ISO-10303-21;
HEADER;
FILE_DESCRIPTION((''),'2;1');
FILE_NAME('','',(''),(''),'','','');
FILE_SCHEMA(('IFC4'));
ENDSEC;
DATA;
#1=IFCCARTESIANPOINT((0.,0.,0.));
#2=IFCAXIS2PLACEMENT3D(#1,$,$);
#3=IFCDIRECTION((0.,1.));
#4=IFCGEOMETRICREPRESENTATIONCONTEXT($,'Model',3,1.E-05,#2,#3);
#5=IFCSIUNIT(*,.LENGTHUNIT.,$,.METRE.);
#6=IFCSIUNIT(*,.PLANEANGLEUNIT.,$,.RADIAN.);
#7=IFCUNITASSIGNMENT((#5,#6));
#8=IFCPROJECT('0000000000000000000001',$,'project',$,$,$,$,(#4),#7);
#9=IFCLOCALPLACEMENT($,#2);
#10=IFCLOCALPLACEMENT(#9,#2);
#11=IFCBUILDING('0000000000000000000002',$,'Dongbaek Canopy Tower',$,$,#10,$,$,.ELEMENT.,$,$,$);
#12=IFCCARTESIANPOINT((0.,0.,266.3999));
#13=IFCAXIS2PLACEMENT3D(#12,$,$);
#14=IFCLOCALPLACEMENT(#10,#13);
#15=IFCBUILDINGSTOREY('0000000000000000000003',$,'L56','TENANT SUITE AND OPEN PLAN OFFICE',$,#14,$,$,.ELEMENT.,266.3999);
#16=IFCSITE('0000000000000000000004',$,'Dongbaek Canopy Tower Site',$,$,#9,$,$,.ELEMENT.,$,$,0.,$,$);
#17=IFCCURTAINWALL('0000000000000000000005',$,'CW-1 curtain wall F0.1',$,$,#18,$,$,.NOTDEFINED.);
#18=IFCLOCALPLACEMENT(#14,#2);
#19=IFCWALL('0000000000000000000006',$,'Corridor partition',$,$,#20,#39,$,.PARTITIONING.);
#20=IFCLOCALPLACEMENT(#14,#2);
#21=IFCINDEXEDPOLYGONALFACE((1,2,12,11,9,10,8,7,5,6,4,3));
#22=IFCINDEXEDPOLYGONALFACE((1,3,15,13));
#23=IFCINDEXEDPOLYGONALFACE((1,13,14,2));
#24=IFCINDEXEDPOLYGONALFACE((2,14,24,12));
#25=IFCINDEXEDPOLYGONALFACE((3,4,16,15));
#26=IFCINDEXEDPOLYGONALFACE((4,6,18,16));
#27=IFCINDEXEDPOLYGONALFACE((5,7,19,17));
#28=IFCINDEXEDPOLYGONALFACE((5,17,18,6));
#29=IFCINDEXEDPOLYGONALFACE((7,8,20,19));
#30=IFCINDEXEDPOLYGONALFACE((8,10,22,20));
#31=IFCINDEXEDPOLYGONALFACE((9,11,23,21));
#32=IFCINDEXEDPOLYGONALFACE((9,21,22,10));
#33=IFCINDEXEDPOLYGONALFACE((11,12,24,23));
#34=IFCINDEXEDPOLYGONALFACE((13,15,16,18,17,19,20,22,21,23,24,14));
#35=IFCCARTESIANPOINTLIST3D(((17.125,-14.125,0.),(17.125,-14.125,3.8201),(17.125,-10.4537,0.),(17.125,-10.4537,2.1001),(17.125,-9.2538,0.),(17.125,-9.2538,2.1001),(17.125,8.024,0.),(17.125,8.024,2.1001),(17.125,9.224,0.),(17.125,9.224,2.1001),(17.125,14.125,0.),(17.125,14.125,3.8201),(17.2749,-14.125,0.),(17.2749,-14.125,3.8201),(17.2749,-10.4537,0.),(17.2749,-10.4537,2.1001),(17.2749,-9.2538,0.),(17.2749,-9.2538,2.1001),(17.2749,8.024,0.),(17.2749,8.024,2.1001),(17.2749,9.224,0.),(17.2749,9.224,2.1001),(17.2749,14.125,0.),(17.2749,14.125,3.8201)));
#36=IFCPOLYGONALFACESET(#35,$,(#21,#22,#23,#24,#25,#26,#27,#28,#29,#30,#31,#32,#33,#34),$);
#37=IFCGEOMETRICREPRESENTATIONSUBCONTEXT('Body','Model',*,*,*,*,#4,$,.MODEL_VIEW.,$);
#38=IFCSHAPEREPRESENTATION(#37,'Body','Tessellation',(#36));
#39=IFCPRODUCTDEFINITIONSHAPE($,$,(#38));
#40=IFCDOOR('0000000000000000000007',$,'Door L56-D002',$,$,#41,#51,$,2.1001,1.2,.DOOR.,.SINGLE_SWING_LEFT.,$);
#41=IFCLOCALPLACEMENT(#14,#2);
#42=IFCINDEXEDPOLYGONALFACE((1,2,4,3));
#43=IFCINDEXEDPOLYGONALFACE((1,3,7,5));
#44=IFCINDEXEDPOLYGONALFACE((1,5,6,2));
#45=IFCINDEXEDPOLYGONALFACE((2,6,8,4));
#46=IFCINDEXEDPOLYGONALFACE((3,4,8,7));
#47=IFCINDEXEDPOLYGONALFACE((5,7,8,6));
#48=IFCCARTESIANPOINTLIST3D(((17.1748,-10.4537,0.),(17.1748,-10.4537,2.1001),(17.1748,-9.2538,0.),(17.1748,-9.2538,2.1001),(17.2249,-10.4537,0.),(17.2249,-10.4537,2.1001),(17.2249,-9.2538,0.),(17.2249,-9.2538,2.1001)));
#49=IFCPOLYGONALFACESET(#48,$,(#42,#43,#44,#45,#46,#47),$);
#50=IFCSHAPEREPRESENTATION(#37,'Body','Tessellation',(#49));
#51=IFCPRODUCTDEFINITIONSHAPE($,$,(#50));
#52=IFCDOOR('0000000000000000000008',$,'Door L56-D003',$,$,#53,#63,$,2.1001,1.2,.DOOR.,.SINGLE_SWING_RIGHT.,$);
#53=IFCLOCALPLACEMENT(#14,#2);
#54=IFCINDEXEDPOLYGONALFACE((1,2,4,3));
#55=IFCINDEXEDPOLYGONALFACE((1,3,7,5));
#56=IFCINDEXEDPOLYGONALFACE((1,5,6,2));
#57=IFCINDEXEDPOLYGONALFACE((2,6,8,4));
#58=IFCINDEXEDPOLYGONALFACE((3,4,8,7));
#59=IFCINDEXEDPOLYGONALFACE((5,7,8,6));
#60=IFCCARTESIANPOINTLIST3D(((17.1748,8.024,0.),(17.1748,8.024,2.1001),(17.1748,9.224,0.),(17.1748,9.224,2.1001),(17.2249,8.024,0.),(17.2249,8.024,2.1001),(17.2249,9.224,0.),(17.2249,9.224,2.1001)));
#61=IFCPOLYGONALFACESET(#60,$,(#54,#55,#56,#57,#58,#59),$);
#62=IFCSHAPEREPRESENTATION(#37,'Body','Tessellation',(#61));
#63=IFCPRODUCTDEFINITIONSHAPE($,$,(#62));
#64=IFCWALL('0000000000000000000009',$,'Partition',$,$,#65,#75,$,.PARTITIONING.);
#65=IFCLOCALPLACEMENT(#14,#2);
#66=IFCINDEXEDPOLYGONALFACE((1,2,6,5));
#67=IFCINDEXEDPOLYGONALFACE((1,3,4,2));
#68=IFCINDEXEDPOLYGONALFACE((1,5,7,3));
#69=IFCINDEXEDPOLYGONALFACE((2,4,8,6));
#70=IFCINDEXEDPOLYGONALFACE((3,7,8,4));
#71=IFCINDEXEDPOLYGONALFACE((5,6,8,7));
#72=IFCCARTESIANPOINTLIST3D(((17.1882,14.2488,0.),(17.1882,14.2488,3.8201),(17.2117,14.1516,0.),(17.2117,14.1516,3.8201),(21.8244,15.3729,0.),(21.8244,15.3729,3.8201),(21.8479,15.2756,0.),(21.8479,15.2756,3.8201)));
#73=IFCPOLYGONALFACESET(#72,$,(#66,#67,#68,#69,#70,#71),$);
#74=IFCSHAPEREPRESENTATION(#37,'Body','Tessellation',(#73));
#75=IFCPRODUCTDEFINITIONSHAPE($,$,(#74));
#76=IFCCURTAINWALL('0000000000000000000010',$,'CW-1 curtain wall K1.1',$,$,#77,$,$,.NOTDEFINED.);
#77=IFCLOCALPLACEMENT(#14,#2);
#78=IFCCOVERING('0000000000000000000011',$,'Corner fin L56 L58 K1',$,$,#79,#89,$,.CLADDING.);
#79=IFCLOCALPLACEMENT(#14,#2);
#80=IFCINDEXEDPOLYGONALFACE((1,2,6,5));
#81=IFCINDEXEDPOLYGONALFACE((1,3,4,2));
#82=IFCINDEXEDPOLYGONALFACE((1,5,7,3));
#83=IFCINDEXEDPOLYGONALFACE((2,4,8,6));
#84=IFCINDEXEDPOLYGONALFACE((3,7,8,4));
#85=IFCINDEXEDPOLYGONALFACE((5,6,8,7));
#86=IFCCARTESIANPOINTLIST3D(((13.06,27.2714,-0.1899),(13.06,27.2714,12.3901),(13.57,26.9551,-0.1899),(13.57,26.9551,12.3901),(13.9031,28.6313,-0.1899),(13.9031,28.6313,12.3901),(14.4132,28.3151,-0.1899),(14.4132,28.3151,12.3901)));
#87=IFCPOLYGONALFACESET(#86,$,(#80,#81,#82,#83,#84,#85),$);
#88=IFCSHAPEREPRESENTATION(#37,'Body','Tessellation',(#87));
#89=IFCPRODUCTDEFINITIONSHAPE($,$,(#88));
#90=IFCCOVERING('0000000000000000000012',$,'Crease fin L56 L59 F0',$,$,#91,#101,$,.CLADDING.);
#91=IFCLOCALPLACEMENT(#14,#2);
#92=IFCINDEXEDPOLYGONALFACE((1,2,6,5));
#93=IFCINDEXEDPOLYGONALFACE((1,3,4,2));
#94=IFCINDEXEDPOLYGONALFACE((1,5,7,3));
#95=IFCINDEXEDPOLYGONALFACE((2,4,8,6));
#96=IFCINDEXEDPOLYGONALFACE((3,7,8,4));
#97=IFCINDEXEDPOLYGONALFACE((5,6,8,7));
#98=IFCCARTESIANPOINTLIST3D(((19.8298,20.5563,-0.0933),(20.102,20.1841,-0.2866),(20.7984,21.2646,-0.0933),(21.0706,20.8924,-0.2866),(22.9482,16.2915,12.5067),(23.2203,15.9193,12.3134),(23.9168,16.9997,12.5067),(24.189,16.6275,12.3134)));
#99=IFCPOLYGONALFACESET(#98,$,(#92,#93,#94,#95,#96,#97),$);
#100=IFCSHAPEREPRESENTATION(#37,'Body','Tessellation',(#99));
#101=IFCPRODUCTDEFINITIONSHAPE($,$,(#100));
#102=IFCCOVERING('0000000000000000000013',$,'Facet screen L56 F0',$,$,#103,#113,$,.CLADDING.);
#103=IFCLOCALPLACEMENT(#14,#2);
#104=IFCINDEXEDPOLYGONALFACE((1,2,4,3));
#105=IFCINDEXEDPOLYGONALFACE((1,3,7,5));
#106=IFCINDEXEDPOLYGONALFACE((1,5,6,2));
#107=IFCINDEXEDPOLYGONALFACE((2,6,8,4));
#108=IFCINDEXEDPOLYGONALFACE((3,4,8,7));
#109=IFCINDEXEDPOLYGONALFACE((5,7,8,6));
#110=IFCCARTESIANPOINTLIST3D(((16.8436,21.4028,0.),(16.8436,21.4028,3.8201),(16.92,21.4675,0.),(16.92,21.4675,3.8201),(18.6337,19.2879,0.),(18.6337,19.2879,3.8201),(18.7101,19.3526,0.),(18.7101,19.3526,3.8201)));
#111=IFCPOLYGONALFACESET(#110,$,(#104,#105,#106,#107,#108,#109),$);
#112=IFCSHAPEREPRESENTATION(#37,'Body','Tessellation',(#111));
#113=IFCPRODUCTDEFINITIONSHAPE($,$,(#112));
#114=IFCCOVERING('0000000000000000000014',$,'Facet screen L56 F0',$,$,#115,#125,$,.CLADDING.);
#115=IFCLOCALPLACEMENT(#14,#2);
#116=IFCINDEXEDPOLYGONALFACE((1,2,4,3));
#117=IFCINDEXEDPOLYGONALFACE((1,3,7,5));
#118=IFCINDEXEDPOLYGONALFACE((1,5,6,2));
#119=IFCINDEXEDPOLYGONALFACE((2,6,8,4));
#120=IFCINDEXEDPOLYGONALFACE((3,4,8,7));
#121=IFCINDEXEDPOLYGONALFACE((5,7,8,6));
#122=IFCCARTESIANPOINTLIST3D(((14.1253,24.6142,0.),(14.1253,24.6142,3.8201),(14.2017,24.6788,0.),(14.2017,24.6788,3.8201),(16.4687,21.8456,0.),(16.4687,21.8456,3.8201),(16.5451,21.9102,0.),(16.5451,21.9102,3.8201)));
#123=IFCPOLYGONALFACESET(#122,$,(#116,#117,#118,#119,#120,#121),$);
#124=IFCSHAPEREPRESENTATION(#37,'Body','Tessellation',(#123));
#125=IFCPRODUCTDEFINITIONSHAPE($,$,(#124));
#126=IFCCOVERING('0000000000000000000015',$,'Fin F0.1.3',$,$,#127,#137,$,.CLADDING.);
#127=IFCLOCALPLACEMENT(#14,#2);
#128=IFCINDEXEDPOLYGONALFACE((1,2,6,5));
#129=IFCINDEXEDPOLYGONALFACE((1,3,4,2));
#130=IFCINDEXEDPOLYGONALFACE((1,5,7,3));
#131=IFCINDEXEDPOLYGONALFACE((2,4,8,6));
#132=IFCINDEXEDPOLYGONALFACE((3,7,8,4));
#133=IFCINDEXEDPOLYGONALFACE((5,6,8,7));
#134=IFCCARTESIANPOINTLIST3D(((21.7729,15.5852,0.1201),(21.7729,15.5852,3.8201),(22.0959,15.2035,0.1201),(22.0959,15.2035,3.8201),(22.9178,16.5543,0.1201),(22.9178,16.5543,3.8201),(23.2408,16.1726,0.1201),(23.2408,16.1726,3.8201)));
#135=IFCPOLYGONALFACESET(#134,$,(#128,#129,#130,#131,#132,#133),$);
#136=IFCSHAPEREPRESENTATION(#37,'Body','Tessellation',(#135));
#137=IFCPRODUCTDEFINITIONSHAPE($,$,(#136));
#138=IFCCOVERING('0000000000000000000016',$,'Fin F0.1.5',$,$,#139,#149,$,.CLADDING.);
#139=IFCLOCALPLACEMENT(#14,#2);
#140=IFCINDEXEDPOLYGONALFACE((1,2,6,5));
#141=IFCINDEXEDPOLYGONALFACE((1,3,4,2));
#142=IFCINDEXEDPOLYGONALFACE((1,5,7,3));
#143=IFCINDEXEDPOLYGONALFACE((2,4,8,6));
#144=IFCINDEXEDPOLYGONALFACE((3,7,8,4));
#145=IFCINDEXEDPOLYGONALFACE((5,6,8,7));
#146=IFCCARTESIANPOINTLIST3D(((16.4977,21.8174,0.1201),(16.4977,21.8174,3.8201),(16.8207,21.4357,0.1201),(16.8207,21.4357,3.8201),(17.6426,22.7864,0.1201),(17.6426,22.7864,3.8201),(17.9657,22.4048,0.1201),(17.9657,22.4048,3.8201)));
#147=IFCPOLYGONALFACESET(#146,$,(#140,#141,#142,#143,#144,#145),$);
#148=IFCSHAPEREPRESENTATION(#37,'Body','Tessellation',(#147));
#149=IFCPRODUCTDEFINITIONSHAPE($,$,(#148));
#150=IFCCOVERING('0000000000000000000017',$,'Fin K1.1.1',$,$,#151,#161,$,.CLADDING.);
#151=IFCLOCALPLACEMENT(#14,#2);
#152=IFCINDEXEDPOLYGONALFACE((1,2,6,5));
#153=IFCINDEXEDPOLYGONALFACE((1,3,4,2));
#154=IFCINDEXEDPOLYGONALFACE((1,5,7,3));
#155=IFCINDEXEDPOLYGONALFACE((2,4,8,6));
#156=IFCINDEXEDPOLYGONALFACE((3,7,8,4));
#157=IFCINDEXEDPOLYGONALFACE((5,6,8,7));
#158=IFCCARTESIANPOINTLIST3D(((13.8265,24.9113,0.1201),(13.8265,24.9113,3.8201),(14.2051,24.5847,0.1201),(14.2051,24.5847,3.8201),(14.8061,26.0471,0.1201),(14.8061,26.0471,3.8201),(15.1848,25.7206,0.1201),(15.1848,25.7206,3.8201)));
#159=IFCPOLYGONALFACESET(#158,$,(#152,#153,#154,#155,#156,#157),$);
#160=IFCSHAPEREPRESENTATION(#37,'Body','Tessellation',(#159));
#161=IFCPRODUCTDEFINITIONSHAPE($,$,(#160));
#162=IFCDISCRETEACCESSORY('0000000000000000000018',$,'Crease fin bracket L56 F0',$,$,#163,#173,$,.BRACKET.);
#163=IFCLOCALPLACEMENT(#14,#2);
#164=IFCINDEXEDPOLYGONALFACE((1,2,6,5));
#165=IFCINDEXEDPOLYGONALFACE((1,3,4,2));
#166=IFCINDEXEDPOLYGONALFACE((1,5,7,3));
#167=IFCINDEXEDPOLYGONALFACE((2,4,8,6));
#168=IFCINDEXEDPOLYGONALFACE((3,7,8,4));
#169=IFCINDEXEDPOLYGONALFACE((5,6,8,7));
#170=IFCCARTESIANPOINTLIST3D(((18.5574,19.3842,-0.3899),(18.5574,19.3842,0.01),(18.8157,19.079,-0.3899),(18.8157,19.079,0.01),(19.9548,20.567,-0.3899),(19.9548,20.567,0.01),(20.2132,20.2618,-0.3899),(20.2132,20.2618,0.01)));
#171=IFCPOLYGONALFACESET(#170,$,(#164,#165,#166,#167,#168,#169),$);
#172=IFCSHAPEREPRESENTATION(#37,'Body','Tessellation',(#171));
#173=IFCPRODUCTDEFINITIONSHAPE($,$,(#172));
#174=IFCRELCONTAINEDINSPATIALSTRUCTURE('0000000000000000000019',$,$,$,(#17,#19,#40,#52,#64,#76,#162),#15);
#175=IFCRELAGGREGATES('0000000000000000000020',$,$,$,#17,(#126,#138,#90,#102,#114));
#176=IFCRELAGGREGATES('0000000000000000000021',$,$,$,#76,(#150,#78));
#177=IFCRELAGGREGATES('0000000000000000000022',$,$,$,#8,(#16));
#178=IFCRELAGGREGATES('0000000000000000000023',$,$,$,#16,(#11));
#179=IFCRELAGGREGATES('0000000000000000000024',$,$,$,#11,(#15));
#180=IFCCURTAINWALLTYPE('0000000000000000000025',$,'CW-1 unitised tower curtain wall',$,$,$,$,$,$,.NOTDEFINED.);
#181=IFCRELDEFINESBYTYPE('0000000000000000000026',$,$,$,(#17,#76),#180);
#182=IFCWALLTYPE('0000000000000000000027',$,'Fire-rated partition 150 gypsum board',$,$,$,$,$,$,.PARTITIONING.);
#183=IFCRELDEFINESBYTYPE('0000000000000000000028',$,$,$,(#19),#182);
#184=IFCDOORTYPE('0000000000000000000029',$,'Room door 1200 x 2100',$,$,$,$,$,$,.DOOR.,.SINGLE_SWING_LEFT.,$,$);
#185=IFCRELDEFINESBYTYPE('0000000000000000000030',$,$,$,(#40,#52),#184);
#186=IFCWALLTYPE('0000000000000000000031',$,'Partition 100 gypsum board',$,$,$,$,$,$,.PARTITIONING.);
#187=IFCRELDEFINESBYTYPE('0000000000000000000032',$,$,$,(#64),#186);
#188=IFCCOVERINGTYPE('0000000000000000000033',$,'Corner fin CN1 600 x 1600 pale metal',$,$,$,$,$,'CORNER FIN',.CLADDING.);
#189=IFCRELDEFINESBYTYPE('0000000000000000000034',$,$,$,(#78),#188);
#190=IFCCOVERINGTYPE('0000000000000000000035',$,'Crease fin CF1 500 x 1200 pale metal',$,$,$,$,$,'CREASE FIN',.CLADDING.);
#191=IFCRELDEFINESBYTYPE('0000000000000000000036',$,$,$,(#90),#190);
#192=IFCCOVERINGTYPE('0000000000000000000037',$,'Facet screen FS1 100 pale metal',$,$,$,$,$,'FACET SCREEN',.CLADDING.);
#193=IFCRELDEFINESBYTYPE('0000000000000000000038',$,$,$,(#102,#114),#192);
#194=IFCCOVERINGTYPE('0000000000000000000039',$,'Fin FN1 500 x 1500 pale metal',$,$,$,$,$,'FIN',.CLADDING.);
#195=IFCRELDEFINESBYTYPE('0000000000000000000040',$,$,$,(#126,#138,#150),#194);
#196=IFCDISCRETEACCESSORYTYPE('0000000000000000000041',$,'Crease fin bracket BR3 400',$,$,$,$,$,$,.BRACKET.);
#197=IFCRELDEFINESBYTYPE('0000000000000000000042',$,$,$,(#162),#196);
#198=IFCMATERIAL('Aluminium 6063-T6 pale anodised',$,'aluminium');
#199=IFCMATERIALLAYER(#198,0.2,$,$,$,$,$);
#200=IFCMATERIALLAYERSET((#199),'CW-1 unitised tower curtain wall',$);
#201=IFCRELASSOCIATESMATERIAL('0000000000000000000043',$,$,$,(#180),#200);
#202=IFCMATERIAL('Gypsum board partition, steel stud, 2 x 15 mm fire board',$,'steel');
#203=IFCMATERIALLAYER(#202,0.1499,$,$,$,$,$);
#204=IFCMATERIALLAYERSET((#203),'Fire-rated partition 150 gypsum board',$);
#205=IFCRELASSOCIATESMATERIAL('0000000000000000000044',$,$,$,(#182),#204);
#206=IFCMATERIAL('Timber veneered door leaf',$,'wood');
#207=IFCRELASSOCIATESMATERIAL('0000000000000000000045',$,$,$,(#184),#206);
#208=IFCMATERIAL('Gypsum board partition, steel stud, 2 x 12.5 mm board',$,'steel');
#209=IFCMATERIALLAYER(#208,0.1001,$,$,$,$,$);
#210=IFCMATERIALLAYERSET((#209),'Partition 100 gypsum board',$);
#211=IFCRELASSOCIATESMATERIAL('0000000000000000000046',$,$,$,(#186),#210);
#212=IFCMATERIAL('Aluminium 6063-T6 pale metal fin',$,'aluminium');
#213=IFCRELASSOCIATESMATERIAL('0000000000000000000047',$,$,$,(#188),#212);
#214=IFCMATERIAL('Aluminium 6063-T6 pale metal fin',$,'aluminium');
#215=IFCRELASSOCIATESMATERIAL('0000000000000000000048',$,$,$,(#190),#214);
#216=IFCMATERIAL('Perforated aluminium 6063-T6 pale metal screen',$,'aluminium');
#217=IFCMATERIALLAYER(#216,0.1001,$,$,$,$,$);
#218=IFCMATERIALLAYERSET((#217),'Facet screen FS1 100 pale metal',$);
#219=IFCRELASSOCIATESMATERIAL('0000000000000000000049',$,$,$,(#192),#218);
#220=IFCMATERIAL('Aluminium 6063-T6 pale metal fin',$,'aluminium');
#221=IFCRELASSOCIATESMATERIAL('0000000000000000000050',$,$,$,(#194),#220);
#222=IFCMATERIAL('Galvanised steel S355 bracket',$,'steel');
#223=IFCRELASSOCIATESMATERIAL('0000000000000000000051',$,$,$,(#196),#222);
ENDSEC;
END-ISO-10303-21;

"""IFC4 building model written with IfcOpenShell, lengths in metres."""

from ifc_helpers import new_model, si_unit, direction, frame, frame_2d, origin, origin_2d, place, context, subcontext, project, spatial, rectangle, extrude, material, layer, layer_set, material_profile, profile_set, type_object, element, fill, aggregate, save


model = new_model("IFC4")

# Units and contexts
model_context = context("Model", 3, precision=1e-05, world=origin(), true_north=direction((0.0, 1.0)))
body_context = subcontext(model_context, "Body", "Model", "MODEL_VIEW")
ifc_project = project(units=[si_unit("LENGTHUNIT", "METRE"), si_unit("PLANEANGLEUNIT", "RADIAN")], contexts=[model_context])

# Site, building, storey
site_placement = place(None, origin())
site = spatial("IfcSite", under=ifc_project, at=site_placement, Name="Dongbaek Canopy Tower Site", CompositionType="ELEMENT", RefElevation=0.0)
building_placement = place(site_placement, origin())
building = spatial("IfcBuilding", under=site, at=building_placement, Name="Dongbaek Canopy Tower", CompositionType="ELEMENT")
storey_placement = place(building_placement, frame((0.0, 0.0, 266.3999)))
storey = spatial("IfcBuildingStorey", under=building, at=storey_placement, Name="L56", Description="TENANT SUITE AND OPEN PLAN OFFICE", CompositionType="ELEMENT", Elevation=266.3999)

# Curtain wall
ifc_material_1 = material(Name="Aluminium 6063-T6 pale anodised", Category="aluminium")
ifc_layer_1 = layer(ifc_material_1, 0.2)
ifc_layer_set_1 = layer_set([ifc_layer_1], Name="CW-1 unitised tower curtain wall")
curtain_wall_type = type_object("IfcCurtainWallType", Name="CW-1 unitised tower curtain wall", PredefinedType="NOTDEFINED", material=ifc_layer_set_1)
curtain_wall_1_placement = place(storey_placement, origin())
curtain_wall_1 = element("IfcCurtainWall", 1, at=curtain_wall_1_placement, inside=storey, type_object=curtain_wall_type, Name="CW-1 curtain wall F0.1", PredefinedType="NOTDEFINED")

# Wall, openings, doors
ifc_material_2 = material(Name="Gypsum board partition, steel stud, 2 x 15 mm fire board", Category="steel")
ifc_layer_2 = layer(ifc_material_2, 0.1499)
ifc_layer_set_2 = layer_set([ifc_layer_2], Name="Fire-rated partition 150 gypsum board")
wall_type_1 = type_object("IfcWallType", Name="Fire-rated partition 150 gypsum board", PredefinedType="PARTITIONING", material=ifc_layer_set_2)
wall_1_placement = place(storey_placement, frame((17.2, 14.125, 0.0), z_axis=(0.0, 0.0, 1.0), x_axis=(0.0, -1.0, 0.0)))
wall_1 = element("IfcWall", 2, at=wall_1_placement, inside=storey, type_object=wall_type_1, Name="Corridor partition", PredefinedType="PARTITIONING", context=body_context, shape_type="SweptSolid", body=[
    extrude(rectangle(XDim=28.25, YDim=0.1499, at=frame_2d((14.125, 0.0))), origin(), (0.0, 0.0, 1.0), 3.8201),
])
opening_1_placement = place(wall_1_placement, frame((23.3787, 0.0, 0.0)))
opening_1 = element("IfcOpeningElement", 3, at=opening_1_placement, cuts=wall_1, PredefinedType="OPENING", context=body_context, shape_type="SweptSolid", body=[
    extrude(rectangle(XDim=1.2, YDim=2.1001, at=frame_2d((0.6001, 1.05))), frame((0.0, 0.085, 0.0), z_axis=(0.0, -1.0, 0.0), x_axis=(1.0, 0.0, 0.0)), (0.0, 0.0, 1.0), 0.1699),
])
opening_2_placement = place(wall_1_placement, frame((4.9009, 0.0, 0.0)))
opening_2 = element("IfcOpeningElement", 4, at=opening_2_placement, cuts=wall_1, PredefinedType="OPENING", context=body_context, shape_type="SweptSolid", body=[
    extrude(rectangle(XDim=1.2, YDim=2.1001, at=frame_2d((0.6001, 1.05))), frame((0.0, 0.085, 0.0), z_axis=(0.0, -1.0, 0.0), x_axis=(1.0, 0.0, 0.0)), (0.0, 0.0, 1.0), 0.1699),
])
ifc_material_3 = material(Name="Timber veneered door leaf", Category="wood")
door_type = type_object("IfcDoorType", Name="Room door 1200 x 2100", OperationType="SINGLE_SWING_LEFT", PredefinedType="DOOR", material=ifc_material_3)
door_1_placement = place(opening_1_placement, origin())
door_1 = element("IfcDoor", 5, at=door_1_placement, inside=storey, type_object=door_type, Name="Door L56-D002", OperationType="SINGLE_SWING_LEFT", OverallHeight=2.1001, OverallWidth=1.2, PredefinedType="DOOR", context=body_context, shape_type="SweptSolid", body=[
    extrude(rectangle(XDim=1.2, YDim=2.1001, at=frame_2d((0.6001, 1.05))), frame((0.0, 0.0249, 0.0), z_axis=(0.0, -1.0, 0.0), x_axis=(1.0, 0.0, 0.0)), (0.0, 0.0, 1.0), 0.05),
])
fill(opening_1, door_1)
door_2_placement = place(opening_2_placement, origin())
door_2 = element("IfcDoor", 6, at=door_2_placement, inside=storey, type_object=door_type, Name="Door L56-D003", OperationType="SINGLE_SWING_RIGHT", OverallHeight=2.1001, OverallWidth=1.2, PredefinedType="DOOR", context=body_context, shape_type="SweptSolid", body=[
    extrude(rectangle(XDim=1.2, YDim=2.1001, at=frame_2d((0.6001, 1.05))), frame((0.0, 0.0249, 0.0), z_axis=(0.0, -1.0, 0.0), x_axis=(1.0, 0.0, 0.0)), (0.0, 0.0, 1.0), 0.05),
])
fill(opening_2, door_2)

# Wall
ifc_material_4 = material(Name="Gypsum board partition, steel stud, 2 x 12.5 mm board", Category="steel")
ifc_layer_3 = layer(ifc_material_4, 0.1001)
ifc_layer_set_3 = layer_set([ifc_layer_3], Name="Partition 100 gypsum board")
wall_type_2 = type_object("IfcWallType", Name="Partition 100 gypsum board", PredefinedType="PARTITIONING", material=ifc_layer_set_3)
wall_2_placement = place(storey_placement, frame((17.2, 14.2002, 0.0), z_axis=(0.0, 0.0, 1.0), x_axis=(0.971846, 0.235618, 0.0)))
element("IfcWall", 7, at=wall_2_placement, inside=storey, type_object=wall_type_2, Name="Partition", PredefinedType="PARTITIONING", context=body_context, shape_type="SweptSolid", body=[
    extrude(rectangle(XDim=4.7705, YDim=0.1001, at=frame_2d((2.3853, 0.0))), origin(), (0.0, 0.0, 1.0), 3.8201),
])

# Curtain wall, covering
curtain_wall_2_placement = place(storey_placement, origin())
curtain_wall_2 = element("IfcCurtainWall", 8, at=curtain_wall_2_placement, inside=storey, type_object=curtain_wall_type, Name="CW-1 curtain wall K1.1", PredefinedType="NOTDEFINED")
ifc_material_5 = material(Name="Aluminium 6063-T6 pale metal fin", Category="aluminium")
ifc_material_profile_1 = material_profile(ifc_material_5, rectangle(XDim=1.6001, YDim=0.6001, at=origin_2d()), Name="Corner fin CN1 600 x 1600 pale metal")
ifc_profile_set_1 = profile_set([ifc_material_profile_1], Name="Aluminium 6063-T6 pale metal fin")
covering_type_1 = type_object("IfcCoveringType", Name="Corner fin CN1 600 x 1600 pale metal", ElementType="CORNER FIN", PredefinedType="CLADDING", material=ifc_profile_set_1)
covering_1_placement = place(storey_placement, frame((13.7366, 27.7932, -0.1899), z_axis=(0.0, 0.0, 1.0), x_axis=(0.526937, 0.849905, 0.0)))
covering_1 = element("IfcCovering", 9, at=covering_1_placement, type_object=covering_type_1, Name="Corner fin L56 L58 K1", PredefinedType="CLADDING", context=body_context, shape_type="SweptSolid", body=[
    extrude(rectangle(XDim=1.6001, YDim=0.6001, at=origin_2d()), origin(), (0.0, 0.0, 1.0), 12.5801),
])

# Coverings
ifc_material_6 = material(Name="Aluminium 6063-T6 pale metal fin", Category="aluminium")
ifc_material_profile_2 = material_profile(ifc_material_6, rectangle(XDim=1.2, YDim=0.5, at=origin_2d()), Name="Crease fin CF1 500 x 1200 pale metal")
ifc_profile_set_2 = profile_set([ifc_material_profile_2], Name="Aluminium 6063-T6 pale metal fin")
covering_type_2 = type_object("IfcCoveringType", Name="Crease fin CF1 500 x 1200 pale metal", ElementType="CREASE FIN", PredefinedType="CLADDING", material=ifc_profile_set_2)
covering_2_placement = place(storey_placement, frame((20.4502, 20.7244, -0.1899), z_axis=(0.228238, -0.31215, 0.922209), x_axis=(0.807233, 0.590233, 0.0)))
covering_2 = element("IfcCovering", 10, at=covering_2_placement, type_object=covering_type_2, Name="Crease fin L56 L59 F0", PredefinedType="CLADDING", context=body_context, shape_type="SweptSolid", body=[
    extrude(rectangle(XDim=1.2, YDim=0.5, at=origin_2d()), origin(), (0.0, 0.0, 1.0), 13.6628),
])
ifc_material_7 = material(Name="Perforated aluminium 6063-T6 pale metal screen", Category="aluminium")
ifc_layer_4 = layer(ifc_material_7, 0.1001)
ifc_layer_set_4 = layer_set([ifc_layer_4], Name="Facet screen FS1 100 pale metal")
covering_type_3 = type_object("IfcCoveringType", Name="Facet screen FS1 100 pale metal", ElementType="FACET SCREEN", PredefinedType="CLADDING", material=ifc_layer_set_4)
covering_3_placement = place(storey_placement, frame((17.7769, 20.3777, 0.0), z_axis=(0.0, 0.0, 1.0), x_axis=(-0.646055, 0.763291, 0.0)))
covering_3 = element("IfcCovering", 11, at=covering_3_placement, type_object=covering_type_3, Name="Facet screen L56 F0", PredefinedType="CLADDING", context=body_context, shape_type="SweptSolid", body=[
    extrude(rectangle(XDim=2.7708, YDim=0.1001, at=origin_2d()), origin(), (0.0, 0.0, 1.0), 3.8201),
])
covering_4_placement = place(storey_placement, frame((15.3352, 23.2622, 0.0), z_axis=(0.0, 0.0, 1.0), x_axis=(-0.646055, 0.763291, 0.0)))
covering_4 = element("IfcCovering", 12, at=covering_4_placement, type_object=covering_type_3, Name="Facet screen L56 F0", PredefinedType="CLADDING", context=body_context, shape_type="SweptSolid", body=[
    extrude(rectangle(XDim=3.6272, YDim=0.1001, at=origin_2d()), origin(), (0.0, 0.0, 1.0), 3.8201),
])
ifc_material_8 = material(Name="Aluminium 6063-T6 pale metal fin", Category="aluminium")
ifc_material_profile_3 = material_profile(ifc_material_8, rectangle(XDim=1.5, YDim=0.5, at=origin_2d()), Name="Fin FN1 500 x 1500 pale metal")
ifc_profile_set_3 = profile_set([ifc_material_profile_3], Name="Aluminium 6063-T6 pale metal fin")
covering_type_4 = type_object("IfcCoveringType", Name="Fin FN1 500 x 1500 pale metal", ElementType="FIN", PredefinedType="CLADDING", material=ifc_profile_set_3)
covering_5_placement = place(storey_placement, frame((22.5068, 15.8789, 0.1201), z_axis=(0.0, 0.0, 1.0), x_axis=(0.763291, 0.646055, 0.0)))
covering_5 = element("IfcCovering", 13, at=covering_5_placement, type_object=covering_type_4, Name="Fin F0.1.3", PredefinedType="CLADDING", context=body_context, shape_type="SweptSolid", body=[
    extrude(rectangle(XDim=1.5, YDim=0.5, at=origin_2d()), origin(), (0.0, 0.0, 1.0), 3.7),
])
covering_6_placement = place(storey_placement, frame((17.2317, 22.1111, 0.1201), z_axis=(0.0, 0.0, 1.0), x_axis=(0.763291, 0.646055, 0.0)))
covering_6 = element("IfcCovering", 14, at=covering_6_placement, type_object=covering_type_4, Name="Fin F0.1.5", PredefinedType="CLADDING", context=body_context, shape_type="SweptSolid", body=[
    extrude(rectangle(XDim=1.5, YDim=0.5, at=origin_2d()), origin(), (0.0, 0.0, 1.0), 3.7),
])
aggregate(curtain_wall_1, [covering_5, covering_6, covering_2, covering_3, covering_4])
covering_7_placement = place(storey_placement, frame((14.5056, 25.3159, 0.1201), z_axis=(0.0, 0.0, 1.0), x_axis=(0.653116, 0.757258, 0.0)))
covering_7 = element("IfcCovering", 15, at=covering_7_placement, type_object=covering_type_4, Name="Fin K1.1.1", PredefinedType="CLADDING", context=body_context, shape_type="SweptSolid", body=[
    extrude(rectangle(XDim=1.5, YDim=0.5, at=origin_2d()), origin(), (0.0, 0.0, 1.0), 3.7),
])
aggregate(curtain_wall_2, [covering_7, covering_1])

# Discrete accessory
ifc_material_9 = material(Name="Galvanised steel S355 bracket", Category="steel")
discrete_accessory_type = type_object("IfcDiscreteAccessoryType", Name="Crease fin bracket BR3 400", PredefinedType="BRACKET", material=ifc_material_9)
discrete_accessory_placement = place(storey_placement, frame((19.3853, 19.823, -0.3899), z_axis=(0.0, 0.0, 1.0), x_axis=(0.763291, 0.646055, 0.0)))
element("IfcDiscreteAccessory", 16, at=discrete_accessory_placement, inside=storey, type_object=discrete_accessory_type, Name="Crease fin bracket L56 F0", PredefinedType="BRACKET", context=body_context, shape_type="SweptSolid", body=[
    extrude(rectangle(XDim=1.8308, YDim=0.3999, at=origin_2d()), origin(), (0.0, 0.0, 1.0), 0.3999),
])

save(model, "model.ifc")
